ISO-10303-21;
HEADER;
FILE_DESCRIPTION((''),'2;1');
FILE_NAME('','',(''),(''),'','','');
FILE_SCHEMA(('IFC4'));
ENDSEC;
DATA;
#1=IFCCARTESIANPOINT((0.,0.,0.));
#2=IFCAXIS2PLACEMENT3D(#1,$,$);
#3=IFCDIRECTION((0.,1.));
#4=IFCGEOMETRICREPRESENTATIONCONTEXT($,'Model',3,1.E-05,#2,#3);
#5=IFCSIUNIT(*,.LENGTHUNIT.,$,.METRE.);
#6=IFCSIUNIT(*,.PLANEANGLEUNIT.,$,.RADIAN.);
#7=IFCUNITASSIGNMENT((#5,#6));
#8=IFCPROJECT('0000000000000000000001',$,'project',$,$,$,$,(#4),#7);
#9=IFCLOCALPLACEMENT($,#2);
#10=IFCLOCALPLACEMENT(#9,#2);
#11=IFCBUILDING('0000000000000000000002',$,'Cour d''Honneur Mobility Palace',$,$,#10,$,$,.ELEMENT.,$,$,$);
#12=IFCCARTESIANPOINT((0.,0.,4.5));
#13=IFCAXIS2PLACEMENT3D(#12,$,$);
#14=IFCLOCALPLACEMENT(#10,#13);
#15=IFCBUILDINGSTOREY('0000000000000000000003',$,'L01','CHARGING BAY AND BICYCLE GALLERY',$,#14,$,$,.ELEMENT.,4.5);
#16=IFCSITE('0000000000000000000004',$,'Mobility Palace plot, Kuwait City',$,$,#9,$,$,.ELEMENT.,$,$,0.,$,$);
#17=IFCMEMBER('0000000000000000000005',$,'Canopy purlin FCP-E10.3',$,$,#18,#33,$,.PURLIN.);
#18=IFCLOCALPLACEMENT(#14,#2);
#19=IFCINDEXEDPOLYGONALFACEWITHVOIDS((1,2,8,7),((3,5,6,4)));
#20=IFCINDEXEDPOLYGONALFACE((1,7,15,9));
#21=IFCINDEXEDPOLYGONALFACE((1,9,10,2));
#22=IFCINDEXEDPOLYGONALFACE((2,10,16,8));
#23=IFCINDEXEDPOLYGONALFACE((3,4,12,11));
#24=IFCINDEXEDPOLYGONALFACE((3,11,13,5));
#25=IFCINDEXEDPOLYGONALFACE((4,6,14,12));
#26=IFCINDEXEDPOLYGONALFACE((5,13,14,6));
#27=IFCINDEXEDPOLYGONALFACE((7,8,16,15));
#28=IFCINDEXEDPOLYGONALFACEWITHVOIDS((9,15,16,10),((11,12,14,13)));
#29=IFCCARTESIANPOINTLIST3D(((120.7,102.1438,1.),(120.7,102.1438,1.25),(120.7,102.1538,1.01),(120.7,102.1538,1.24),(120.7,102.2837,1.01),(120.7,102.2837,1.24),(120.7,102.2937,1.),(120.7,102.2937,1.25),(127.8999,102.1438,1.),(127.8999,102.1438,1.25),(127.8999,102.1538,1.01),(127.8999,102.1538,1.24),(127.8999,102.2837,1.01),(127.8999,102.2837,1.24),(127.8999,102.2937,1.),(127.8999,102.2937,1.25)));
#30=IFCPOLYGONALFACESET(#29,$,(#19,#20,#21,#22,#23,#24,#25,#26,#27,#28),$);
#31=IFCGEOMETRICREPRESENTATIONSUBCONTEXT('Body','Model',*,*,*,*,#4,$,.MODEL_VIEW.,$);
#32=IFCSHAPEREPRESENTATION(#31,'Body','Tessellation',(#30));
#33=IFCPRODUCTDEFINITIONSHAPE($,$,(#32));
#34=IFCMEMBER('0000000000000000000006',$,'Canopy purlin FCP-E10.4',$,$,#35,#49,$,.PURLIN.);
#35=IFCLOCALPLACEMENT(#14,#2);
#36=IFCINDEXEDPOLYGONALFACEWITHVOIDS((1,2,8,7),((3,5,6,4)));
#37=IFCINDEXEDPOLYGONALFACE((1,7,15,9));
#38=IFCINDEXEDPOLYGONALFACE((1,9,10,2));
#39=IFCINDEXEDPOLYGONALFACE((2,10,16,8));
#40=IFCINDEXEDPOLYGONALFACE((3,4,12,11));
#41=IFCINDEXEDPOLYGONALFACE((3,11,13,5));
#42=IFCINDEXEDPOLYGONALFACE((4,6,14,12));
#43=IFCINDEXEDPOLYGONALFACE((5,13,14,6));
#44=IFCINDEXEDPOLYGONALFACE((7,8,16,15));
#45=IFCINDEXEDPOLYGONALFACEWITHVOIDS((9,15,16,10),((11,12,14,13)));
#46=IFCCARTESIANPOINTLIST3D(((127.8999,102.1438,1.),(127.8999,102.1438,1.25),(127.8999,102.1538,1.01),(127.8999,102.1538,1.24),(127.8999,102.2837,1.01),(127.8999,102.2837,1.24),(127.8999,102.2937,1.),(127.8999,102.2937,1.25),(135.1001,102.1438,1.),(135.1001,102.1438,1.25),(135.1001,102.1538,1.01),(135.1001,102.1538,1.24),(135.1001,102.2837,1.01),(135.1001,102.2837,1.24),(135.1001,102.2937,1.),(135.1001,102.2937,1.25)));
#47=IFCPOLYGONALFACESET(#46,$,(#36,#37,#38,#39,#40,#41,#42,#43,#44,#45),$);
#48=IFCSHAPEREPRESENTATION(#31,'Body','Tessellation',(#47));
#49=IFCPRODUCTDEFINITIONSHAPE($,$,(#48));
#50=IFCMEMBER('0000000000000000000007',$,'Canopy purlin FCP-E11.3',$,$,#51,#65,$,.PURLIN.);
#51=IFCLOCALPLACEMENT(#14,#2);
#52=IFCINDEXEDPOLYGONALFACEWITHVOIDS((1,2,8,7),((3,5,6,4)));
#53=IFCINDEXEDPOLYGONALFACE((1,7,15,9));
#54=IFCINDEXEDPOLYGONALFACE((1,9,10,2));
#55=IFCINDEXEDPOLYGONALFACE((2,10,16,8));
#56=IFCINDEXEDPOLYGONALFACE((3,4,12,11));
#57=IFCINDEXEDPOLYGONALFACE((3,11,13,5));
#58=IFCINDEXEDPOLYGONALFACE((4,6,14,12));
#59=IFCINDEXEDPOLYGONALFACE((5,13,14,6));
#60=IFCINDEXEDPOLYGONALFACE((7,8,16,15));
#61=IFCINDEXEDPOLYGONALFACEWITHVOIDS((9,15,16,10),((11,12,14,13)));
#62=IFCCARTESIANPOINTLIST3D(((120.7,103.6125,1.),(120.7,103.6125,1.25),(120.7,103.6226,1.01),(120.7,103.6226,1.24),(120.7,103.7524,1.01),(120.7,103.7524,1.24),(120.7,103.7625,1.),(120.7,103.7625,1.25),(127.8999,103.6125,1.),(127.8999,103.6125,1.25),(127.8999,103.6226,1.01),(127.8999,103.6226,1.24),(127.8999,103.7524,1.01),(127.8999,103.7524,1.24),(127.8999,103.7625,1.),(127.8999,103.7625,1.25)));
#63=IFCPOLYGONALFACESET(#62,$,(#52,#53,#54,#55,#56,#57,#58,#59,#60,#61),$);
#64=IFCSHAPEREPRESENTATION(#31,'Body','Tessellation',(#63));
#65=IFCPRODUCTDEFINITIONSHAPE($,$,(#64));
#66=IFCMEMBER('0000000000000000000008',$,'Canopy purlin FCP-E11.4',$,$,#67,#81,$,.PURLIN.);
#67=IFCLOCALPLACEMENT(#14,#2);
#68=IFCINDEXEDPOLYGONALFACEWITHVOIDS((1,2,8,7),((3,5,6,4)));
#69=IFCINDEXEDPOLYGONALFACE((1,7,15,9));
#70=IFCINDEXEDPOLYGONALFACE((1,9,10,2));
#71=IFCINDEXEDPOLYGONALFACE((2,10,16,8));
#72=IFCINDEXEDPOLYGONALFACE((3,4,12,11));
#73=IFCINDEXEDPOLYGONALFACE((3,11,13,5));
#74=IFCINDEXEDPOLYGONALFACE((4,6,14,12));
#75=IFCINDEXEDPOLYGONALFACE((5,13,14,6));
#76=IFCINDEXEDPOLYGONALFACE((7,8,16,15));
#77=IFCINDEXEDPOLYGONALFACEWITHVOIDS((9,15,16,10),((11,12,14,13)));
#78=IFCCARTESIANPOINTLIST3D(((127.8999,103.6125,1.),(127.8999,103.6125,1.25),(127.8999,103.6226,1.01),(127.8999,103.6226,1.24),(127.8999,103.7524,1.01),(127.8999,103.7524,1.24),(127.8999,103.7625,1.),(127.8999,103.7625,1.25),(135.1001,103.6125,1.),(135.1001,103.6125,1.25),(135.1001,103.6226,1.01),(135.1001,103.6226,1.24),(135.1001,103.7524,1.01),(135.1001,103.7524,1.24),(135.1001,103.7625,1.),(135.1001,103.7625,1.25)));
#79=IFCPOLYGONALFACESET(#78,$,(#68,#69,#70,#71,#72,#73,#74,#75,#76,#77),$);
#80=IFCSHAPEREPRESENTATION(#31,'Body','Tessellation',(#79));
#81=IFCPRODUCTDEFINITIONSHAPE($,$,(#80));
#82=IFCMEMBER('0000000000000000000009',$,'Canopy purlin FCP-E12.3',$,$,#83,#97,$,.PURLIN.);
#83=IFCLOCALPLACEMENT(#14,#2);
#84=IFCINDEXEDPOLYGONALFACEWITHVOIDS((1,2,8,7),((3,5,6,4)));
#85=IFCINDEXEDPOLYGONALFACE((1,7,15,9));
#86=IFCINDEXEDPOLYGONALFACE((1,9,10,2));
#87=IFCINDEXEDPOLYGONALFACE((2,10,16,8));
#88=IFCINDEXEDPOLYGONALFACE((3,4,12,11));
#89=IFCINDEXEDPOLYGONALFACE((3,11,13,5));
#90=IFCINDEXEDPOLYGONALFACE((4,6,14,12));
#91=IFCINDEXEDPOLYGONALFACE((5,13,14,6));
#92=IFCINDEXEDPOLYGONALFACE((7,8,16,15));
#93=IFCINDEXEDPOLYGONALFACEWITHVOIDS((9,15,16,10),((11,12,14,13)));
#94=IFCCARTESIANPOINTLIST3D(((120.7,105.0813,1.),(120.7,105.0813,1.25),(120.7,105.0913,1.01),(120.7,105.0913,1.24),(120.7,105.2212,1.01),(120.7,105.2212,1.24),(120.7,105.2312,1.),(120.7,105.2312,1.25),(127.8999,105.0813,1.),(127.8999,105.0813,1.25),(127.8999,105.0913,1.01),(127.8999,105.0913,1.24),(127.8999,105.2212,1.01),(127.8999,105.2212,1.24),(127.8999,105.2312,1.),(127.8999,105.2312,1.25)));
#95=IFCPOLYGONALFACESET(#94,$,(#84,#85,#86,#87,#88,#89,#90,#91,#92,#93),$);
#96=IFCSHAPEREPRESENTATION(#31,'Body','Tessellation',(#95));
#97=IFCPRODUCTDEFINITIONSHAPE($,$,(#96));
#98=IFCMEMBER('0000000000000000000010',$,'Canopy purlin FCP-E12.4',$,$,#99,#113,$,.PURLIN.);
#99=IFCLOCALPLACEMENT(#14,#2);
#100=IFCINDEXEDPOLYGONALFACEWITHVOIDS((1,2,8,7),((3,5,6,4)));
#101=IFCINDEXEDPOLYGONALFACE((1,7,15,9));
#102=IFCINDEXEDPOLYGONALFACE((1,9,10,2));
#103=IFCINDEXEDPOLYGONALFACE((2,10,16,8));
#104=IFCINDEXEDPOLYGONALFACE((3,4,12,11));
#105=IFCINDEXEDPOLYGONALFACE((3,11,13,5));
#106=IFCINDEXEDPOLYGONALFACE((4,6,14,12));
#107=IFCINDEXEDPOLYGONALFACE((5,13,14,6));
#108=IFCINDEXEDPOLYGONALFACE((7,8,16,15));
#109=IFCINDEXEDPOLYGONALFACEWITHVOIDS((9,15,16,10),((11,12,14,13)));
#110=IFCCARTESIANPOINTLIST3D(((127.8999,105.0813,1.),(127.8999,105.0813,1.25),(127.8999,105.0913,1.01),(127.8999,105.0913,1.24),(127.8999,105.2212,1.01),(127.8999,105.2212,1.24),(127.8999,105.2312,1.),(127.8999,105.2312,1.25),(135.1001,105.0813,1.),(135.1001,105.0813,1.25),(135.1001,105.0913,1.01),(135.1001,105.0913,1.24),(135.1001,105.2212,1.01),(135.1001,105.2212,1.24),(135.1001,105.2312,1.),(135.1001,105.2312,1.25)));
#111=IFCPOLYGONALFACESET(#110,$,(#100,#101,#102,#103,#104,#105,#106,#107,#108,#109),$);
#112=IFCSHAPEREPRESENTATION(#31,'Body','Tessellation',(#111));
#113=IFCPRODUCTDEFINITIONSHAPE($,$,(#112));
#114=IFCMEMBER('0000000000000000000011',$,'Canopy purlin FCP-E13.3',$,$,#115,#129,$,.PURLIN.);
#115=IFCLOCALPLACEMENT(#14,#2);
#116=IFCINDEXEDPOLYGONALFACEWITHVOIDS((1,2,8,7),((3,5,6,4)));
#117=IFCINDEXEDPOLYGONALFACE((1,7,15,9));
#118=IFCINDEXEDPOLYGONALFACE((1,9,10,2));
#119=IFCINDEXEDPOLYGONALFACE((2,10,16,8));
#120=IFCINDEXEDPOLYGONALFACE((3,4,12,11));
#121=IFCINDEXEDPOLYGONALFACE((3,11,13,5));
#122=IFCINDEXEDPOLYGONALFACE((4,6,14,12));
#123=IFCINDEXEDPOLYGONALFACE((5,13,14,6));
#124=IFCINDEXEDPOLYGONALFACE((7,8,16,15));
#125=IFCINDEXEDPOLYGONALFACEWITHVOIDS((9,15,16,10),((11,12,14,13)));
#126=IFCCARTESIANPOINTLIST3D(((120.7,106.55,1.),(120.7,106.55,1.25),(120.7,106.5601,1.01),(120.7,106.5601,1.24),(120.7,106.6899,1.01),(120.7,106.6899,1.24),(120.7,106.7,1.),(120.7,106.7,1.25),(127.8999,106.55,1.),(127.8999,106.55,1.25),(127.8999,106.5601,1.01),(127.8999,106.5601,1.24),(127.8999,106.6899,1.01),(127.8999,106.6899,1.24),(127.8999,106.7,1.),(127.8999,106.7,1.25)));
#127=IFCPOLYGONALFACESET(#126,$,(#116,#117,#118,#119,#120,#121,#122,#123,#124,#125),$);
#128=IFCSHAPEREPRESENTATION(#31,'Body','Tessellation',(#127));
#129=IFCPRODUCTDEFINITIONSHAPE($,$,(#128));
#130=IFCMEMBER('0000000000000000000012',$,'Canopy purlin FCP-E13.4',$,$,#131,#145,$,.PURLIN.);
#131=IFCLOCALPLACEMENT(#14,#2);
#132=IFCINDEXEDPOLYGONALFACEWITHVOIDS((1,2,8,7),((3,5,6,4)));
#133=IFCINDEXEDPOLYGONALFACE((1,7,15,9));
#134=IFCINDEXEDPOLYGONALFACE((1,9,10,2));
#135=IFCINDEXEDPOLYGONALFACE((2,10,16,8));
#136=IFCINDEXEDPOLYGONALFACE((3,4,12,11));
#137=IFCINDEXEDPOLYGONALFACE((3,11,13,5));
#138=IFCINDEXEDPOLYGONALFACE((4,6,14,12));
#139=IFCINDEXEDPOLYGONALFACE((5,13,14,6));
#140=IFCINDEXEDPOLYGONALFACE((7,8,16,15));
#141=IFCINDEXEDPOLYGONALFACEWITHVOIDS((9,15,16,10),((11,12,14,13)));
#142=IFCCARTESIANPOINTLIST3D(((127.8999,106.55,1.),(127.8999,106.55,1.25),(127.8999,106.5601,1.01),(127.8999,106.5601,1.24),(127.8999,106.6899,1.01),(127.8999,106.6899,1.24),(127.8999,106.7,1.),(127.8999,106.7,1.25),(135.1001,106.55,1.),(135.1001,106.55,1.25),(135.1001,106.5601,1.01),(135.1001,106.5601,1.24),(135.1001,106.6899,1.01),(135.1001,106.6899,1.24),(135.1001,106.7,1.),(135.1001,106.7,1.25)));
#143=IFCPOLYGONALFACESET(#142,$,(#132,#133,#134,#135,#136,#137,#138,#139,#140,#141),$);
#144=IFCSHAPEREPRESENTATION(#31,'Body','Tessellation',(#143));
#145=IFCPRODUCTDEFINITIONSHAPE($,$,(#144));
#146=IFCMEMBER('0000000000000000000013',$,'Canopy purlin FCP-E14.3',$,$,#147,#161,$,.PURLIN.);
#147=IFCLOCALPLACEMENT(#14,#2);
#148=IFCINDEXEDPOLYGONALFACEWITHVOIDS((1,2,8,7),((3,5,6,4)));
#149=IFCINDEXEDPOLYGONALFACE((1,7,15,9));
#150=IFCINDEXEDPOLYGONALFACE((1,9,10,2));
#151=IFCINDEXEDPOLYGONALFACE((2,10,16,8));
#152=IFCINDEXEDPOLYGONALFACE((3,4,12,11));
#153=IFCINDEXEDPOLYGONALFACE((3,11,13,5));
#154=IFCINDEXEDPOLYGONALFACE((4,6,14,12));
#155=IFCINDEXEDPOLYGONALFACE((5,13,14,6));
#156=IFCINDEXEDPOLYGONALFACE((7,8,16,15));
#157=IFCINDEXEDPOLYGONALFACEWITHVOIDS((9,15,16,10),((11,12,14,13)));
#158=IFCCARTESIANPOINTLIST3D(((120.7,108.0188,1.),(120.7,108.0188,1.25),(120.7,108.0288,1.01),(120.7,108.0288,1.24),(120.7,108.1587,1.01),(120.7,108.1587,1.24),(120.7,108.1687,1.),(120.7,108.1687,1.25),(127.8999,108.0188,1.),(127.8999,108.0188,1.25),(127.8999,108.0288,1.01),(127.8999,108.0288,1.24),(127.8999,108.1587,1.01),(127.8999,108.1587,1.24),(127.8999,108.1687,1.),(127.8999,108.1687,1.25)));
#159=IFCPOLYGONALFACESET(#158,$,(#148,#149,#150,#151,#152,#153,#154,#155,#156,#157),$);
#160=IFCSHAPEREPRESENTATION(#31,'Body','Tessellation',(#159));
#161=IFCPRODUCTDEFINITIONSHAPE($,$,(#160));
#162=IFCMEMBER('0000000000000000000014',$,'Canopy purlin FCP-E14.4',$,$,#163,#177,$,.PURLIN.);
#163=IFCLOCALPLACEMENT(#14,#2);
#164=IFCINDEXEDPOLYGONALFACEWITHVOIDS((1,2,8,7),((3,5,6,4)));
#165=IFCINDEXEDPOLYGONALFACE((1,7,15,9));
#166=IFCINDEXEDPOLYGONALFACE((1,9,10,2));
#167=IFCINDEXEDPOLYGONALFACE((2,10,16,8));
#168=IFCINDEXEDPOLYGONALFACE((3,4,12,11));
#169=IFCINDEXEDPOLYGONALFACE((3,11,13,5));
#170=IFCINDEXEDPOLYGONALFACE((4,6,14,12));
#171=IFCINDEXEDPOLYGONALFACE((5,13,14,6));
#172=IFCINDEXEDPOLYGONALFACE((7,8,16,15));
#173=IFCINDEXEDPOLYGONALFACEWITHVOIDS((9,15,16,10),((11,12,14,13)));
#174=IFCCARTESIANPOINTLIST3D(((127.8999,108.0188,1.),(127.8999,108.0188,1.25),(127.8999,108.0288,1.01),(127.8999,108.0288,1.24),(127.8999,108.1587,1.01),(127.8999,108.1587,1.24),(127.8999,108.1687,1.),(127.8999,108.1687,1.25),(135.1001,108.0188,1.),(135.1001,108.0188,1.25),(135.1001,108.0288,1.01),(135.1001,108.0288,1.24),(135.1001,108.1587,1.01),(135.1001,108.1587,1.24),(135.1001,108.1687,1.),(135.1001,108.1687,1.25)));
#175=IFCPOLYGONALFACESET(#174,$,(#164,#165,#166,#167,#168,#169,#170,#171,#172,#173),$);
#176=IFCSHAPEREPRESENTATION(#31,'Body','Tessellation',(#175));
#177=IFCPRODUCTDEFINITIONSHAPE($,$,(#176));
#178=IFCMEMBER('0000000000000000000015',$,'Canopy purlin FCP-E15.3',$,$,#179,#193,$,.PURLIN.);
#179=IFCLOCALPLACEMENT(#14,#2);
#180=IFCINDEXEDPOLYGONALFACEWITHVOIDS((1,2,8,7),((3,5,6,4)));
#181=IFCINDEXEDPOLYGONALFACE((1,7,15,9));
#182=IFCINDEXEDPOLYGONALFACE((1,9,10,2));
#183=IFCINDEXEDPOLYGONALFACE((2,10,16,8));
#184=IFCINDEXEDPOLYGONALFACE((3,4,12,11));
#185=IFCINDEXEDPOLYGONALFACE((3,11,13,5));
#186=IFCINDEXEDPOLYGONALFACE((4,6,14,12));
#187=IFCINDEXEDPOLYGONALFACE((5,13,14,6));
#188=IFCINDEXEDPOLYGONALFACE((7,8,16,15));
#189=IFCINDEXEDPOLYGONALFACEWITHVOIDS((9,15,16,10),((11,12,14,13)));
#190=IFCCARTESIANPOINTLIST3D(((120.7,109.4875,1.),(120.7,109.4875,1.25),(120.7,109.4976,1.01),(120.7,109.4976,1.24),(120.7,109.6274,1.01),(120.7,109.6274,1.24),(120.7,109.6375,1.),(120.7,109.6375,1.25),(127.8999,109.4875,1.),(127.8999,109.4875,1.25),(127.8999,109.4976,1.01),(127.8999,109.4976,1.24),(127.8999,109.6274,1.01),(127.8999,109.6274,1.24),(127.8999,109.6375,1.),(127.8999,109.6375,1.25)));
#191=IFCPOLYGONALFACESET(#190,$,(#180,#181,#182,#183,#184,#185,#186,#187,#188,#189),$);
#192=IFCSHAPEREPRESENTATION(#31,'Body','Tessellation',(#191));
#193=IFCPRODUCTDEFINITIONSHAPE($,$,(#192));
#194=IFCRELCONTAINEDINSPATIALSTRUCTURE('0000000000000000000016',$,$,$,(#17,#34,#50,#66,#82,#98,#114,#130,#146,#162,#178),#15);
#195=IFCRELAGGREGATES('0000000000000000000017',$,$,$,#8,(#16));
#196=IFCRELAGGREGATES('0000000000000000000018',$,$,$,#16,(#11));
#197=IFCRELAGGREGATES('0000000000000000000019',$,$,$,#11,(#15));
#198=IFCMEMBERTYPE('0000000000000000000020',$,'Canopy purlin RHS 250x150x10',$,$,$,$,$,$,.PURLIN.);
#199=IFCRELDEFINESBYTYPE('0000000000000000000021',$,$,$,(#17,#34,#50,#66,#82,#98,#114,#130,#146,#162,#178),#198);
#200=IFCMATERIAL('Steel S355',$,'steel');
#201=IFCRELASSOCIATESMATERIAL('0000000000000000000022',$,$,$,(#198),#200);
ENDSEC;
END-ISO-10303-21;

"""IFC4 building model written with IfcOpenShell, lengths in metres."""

from ifc_helpers import new_model, si_unit, direction, frame, origin, origin_2d, place, context, subcontext, project, spatial, hollow_rectangle, extrude, material, material_profile, profile_set, type_object, element, save


model = new_model("IFC4")

# Units and contexts
model_context = context("Model", 3, precision=1e-05, world=origin(), true_north=direction((0.0, 1.0)))
body_context = subcontext(model_context, "Body", "Model", "MODEL_VIEW")
ifc_project = project(units=[si_unit("LENGTHUNIT", "METRE"), si_unit("PLANEANGLEUNIT", "RADIAN")], contexts=[model_context])

# Site, building, storey
site_placement = place(None, origin())
site = spatial("IfcSite", under=ifc_project, at=site_placement, Name="Mobility Palace plot, Kuwait City", CompositionType="ELEMENT", RefElevation=0.0)
building_placement = place(site_placement, origin())
building = spatial("IfcBuilding", under=site, at=building_placement, Name="Cour d'Honneur Mobility Palace", CompositionType="ELEMENT")
storey_placement = place(building_placement, frame((0.0, 0.0, 4.5)))
storey = spatial("IfcBuildingStorey", under=building, at=storey_placement, Name="L01", Description="CHARGING BAY AND BICYCLE GALLERY", CompositionType="ELEMENT", Elevation=4.5)

# Members
ifc_material_1 = material(Name="Steel S355", Category="steel")
ifc_material_profile_1 = material_profile(ifc_material_1, hollow_rectangle(XDim=0.1499, YDim=0.25, WallThickness=0.01, at=origin_2d()), Name="RHS 250x150x10")
ifc_profile_set_1 = profile_set([ifc_material_profile_1], Name="Steel S355")
member_type = type_object("IfcMemberType", Name="Canopy purlin RHS 250x150x10", PredefinedType="PURLIN", material=ifc_profile_set_1)
member_1_placement = place(storey_placement, frame((120.7, 102.2188, 1.125), z_axis=(1.0, 0.0, 0.0), x_axis=(0.0, 1.0, 0.0)))
element("IfcMember", 1, at=member_1_placement, inside=storey, type_object=member_type, Name="Canopy purlin FCP-E10.3", PredefinedType="PURLIN", context=body_context, shape_type="SweptSolid", body=[
    extrude(hollow_rectangle(XDim=0.1499, YDim=0.25, WallThickness=0.01, at=origin_2d()), origin(), (0.0, 0.0, 1.0), 7.2),
])
member_2_placement = place(storey_placement, frame((127.8999, 102.2188, 1.125), z_axis=(1.0, 0.0, 0.0), x_axis=(0.0, 1.0, 0.0)))
element("IfcMember", 2, at=member_2_placement, inside=storey, type_object=member_type, Name="Canopy purlin FCP-E10.4", PredefinedType="PURLIN", context=body_context, shape_type="SweptSolid", body=[
    extrude(hollow_rectangle(XDim=0.1499, YDim=0.25, WallThickness=0.01, at=origin_2d()), origin(), (0.0, 0.0, 1.0), 7.2002),
])
member_3_placement = place(storey_placement, frame((120.7, 103.6875, 1.125), z_axis=(1.0, 0.0, 0.0), x_axis=(0.0, 1.0, 0.0)))
element("IfcMember", 3, at=member_3_placement, inside=storey, type_object=member_type, Name="Canopy purlin FCP-E11.3", PredefinedType="PURLIN", context=body_context, shape_type="SweptSolid", body=[
    extrude(hollow_rectangle(XDim=0.1499, YDim=0.25, WallThickness=0.01, at=origin_2d()), origin(), (0.0, 0.0, 1.0), 7.2),
])
member_4_placement = place(storey_placement, frame((127.8999, 103.6875, 1.125), z_axis=(1.0, 0.0, 0.0), x_axis=(0.0, 1.0, 0.0)))
element("IfcMember", 4, at=member_4_placement, inside=storey, type_object=member_type, Name="Canopy purlin FCP-E11.4", PredefinedType="PURLIN", context=body_context, shape_type="SweptSolid", body=[
    extrude(hollow_rectangle(XDim=0.1499, YDim=0.25, WallThickness=0.01, at=origin_2d()), origin(), (0.0, 0.0, 1.0), 7.2002),
])
member_5_placement = place(storey_placement, frame((120.7, 105.1562, 1.125), z_axis=(1.0, 0.0, 0.0), x_axis=(0.0, 1.0, 0.0)))
element("IfcMember", 5, at=member_5_placement, inside=storey, type_object=member_type, Name="Canopy purlin FCP-E12.3", PredefinedType="PURLIN", context=body_context, shape_type="SweptSolid", body=[
    extrude(hollow_rectangle(XDim=0.1499, YDim=0.25, WallThickness=0.01, at=origin_2d()), origin(), (0.0, 0.0, 1.0), 7.2),
])
member_6_placement = place(storey_placement, frame((127.8999, 105.1562, 1.125), z_axis=(1.0, 0.0, 0.0), x_axis=(0.0, 1.0, 0.0)))
element("IfcMember", 6, at=member_6_placement, inside=storey, type_object=member_type, Name="Canopy purlin FCP-E12.4", PredefinedType="PURLIN", context=body_context, shape_type="SweptSolid", body=[
    extrude(hollow_rectangle(XDim=0.1499, YDim=0.25, WallThickness=0.01, at=origin_2d()), origin(), (0.0, 0.0, 1.0), 7.2002),
])
member_7_placement = place(storey_placement, frame((120.7, 106.625, 1.125), z_axis=(1.0, 0.0, 0.0), x_axis=(0.0, 1.0, 0.0)))
element("IfcMember", 7, at=member_7_placement, inside=storey, type_object=member_type, Name="Canopy purlin FCP-E13.3", PredefinedType="PURLIN", context=body_context, shape_type="SweptSolid", body=[
    extrude(hollow_rectangle(XDim=0.1499, YDim=0.25, WallThickness=0.01, at=origin_2d()), origin(), (0.0, 0.0, 1.0), 7.2),
])
member_8_placement = place(storey_placement, frame((127.8999, 106.625, 1.125), z_axis=(1.0, 0.0, 0.0), x_axis=(0.0, 1.0, 0.0)))
element("IfcMember", 8, at=member_8_placement, inside=storey, type_object=member_type, Name="Canopy purlin FCP-E13.4", PredefinedType="PURLIN", context=body_context, shape_type="SweptSolid", body=[
    extrude(hollow_rectangle(XDim=0.1499, YDim=0.25, WallThickness=0.01, at=origin_2d()), origin(), (0.0, 0.0, 1.0), 7.2002),
])
member_9_placement = place(storey_placement, frame((120.7, 108.0938, 1.125), z_axis=(1.0, 0.0, 0.0), x_axis=(0.0, 1.0, 0.0)))
element("IfcMember", 9, at=member_9_placement, inside=storey, type_object=member_type, Name="Canopy purlin FCP-E14.3", PredefinedType="PURLIN", context=body_context, shape_type="SweptSolid", body=[
    extrude(hollow_rectangle(XDim=0.1499, YDim=0.25, WallThickness=0.01, at=origin_2d()), origin(), (0.0, 0.0, 1.0), 7.2),
])
member_10_placement = place(storey_placement, frame((127.8999, 108.0938, 1.125), z_axis=(1.0, 0.0, 0.0), x_axis=(0.0, 1.0, 0.0)))
element("IfcMember", 10, at=member_10_placement, inside=storey, type_object=member_type, Name="Canopy purlin FCP-E14.4", PredefinedType="PURLIN", context=body_context, shape_type="SweptSolid", body=[
    extrude(hollow_rectangle(XDim=0.1499, YDim=0.25, WallThickness=0.01, at=origin_2d()), origin(), (0.0, 0.0, 1.0), 7.2002),
])
member_11_placement = place(storey_placement, frame((120.7, 109.5625, 1.125), z_axis=(1.0, 0.0, 0.0), x_axis=(0.0, 1.0, 0.0)))
element("IfcMember", 11, at=member_11_placement, inside=storey, type_object=member_type, Name="Canopy purlin FCP-E15.3", PredefinedType="PURLIN", context=body_context, shape_type="SweptSolid", body=[
    extrude(hollow_rectangle(XDim=0.1499, YDim=0.25, WallThickness=0.01, at=origin_2d()), origin(), (0.0, 0.0, 1.0), 7.2),
])

save(model, "model.ifc")
